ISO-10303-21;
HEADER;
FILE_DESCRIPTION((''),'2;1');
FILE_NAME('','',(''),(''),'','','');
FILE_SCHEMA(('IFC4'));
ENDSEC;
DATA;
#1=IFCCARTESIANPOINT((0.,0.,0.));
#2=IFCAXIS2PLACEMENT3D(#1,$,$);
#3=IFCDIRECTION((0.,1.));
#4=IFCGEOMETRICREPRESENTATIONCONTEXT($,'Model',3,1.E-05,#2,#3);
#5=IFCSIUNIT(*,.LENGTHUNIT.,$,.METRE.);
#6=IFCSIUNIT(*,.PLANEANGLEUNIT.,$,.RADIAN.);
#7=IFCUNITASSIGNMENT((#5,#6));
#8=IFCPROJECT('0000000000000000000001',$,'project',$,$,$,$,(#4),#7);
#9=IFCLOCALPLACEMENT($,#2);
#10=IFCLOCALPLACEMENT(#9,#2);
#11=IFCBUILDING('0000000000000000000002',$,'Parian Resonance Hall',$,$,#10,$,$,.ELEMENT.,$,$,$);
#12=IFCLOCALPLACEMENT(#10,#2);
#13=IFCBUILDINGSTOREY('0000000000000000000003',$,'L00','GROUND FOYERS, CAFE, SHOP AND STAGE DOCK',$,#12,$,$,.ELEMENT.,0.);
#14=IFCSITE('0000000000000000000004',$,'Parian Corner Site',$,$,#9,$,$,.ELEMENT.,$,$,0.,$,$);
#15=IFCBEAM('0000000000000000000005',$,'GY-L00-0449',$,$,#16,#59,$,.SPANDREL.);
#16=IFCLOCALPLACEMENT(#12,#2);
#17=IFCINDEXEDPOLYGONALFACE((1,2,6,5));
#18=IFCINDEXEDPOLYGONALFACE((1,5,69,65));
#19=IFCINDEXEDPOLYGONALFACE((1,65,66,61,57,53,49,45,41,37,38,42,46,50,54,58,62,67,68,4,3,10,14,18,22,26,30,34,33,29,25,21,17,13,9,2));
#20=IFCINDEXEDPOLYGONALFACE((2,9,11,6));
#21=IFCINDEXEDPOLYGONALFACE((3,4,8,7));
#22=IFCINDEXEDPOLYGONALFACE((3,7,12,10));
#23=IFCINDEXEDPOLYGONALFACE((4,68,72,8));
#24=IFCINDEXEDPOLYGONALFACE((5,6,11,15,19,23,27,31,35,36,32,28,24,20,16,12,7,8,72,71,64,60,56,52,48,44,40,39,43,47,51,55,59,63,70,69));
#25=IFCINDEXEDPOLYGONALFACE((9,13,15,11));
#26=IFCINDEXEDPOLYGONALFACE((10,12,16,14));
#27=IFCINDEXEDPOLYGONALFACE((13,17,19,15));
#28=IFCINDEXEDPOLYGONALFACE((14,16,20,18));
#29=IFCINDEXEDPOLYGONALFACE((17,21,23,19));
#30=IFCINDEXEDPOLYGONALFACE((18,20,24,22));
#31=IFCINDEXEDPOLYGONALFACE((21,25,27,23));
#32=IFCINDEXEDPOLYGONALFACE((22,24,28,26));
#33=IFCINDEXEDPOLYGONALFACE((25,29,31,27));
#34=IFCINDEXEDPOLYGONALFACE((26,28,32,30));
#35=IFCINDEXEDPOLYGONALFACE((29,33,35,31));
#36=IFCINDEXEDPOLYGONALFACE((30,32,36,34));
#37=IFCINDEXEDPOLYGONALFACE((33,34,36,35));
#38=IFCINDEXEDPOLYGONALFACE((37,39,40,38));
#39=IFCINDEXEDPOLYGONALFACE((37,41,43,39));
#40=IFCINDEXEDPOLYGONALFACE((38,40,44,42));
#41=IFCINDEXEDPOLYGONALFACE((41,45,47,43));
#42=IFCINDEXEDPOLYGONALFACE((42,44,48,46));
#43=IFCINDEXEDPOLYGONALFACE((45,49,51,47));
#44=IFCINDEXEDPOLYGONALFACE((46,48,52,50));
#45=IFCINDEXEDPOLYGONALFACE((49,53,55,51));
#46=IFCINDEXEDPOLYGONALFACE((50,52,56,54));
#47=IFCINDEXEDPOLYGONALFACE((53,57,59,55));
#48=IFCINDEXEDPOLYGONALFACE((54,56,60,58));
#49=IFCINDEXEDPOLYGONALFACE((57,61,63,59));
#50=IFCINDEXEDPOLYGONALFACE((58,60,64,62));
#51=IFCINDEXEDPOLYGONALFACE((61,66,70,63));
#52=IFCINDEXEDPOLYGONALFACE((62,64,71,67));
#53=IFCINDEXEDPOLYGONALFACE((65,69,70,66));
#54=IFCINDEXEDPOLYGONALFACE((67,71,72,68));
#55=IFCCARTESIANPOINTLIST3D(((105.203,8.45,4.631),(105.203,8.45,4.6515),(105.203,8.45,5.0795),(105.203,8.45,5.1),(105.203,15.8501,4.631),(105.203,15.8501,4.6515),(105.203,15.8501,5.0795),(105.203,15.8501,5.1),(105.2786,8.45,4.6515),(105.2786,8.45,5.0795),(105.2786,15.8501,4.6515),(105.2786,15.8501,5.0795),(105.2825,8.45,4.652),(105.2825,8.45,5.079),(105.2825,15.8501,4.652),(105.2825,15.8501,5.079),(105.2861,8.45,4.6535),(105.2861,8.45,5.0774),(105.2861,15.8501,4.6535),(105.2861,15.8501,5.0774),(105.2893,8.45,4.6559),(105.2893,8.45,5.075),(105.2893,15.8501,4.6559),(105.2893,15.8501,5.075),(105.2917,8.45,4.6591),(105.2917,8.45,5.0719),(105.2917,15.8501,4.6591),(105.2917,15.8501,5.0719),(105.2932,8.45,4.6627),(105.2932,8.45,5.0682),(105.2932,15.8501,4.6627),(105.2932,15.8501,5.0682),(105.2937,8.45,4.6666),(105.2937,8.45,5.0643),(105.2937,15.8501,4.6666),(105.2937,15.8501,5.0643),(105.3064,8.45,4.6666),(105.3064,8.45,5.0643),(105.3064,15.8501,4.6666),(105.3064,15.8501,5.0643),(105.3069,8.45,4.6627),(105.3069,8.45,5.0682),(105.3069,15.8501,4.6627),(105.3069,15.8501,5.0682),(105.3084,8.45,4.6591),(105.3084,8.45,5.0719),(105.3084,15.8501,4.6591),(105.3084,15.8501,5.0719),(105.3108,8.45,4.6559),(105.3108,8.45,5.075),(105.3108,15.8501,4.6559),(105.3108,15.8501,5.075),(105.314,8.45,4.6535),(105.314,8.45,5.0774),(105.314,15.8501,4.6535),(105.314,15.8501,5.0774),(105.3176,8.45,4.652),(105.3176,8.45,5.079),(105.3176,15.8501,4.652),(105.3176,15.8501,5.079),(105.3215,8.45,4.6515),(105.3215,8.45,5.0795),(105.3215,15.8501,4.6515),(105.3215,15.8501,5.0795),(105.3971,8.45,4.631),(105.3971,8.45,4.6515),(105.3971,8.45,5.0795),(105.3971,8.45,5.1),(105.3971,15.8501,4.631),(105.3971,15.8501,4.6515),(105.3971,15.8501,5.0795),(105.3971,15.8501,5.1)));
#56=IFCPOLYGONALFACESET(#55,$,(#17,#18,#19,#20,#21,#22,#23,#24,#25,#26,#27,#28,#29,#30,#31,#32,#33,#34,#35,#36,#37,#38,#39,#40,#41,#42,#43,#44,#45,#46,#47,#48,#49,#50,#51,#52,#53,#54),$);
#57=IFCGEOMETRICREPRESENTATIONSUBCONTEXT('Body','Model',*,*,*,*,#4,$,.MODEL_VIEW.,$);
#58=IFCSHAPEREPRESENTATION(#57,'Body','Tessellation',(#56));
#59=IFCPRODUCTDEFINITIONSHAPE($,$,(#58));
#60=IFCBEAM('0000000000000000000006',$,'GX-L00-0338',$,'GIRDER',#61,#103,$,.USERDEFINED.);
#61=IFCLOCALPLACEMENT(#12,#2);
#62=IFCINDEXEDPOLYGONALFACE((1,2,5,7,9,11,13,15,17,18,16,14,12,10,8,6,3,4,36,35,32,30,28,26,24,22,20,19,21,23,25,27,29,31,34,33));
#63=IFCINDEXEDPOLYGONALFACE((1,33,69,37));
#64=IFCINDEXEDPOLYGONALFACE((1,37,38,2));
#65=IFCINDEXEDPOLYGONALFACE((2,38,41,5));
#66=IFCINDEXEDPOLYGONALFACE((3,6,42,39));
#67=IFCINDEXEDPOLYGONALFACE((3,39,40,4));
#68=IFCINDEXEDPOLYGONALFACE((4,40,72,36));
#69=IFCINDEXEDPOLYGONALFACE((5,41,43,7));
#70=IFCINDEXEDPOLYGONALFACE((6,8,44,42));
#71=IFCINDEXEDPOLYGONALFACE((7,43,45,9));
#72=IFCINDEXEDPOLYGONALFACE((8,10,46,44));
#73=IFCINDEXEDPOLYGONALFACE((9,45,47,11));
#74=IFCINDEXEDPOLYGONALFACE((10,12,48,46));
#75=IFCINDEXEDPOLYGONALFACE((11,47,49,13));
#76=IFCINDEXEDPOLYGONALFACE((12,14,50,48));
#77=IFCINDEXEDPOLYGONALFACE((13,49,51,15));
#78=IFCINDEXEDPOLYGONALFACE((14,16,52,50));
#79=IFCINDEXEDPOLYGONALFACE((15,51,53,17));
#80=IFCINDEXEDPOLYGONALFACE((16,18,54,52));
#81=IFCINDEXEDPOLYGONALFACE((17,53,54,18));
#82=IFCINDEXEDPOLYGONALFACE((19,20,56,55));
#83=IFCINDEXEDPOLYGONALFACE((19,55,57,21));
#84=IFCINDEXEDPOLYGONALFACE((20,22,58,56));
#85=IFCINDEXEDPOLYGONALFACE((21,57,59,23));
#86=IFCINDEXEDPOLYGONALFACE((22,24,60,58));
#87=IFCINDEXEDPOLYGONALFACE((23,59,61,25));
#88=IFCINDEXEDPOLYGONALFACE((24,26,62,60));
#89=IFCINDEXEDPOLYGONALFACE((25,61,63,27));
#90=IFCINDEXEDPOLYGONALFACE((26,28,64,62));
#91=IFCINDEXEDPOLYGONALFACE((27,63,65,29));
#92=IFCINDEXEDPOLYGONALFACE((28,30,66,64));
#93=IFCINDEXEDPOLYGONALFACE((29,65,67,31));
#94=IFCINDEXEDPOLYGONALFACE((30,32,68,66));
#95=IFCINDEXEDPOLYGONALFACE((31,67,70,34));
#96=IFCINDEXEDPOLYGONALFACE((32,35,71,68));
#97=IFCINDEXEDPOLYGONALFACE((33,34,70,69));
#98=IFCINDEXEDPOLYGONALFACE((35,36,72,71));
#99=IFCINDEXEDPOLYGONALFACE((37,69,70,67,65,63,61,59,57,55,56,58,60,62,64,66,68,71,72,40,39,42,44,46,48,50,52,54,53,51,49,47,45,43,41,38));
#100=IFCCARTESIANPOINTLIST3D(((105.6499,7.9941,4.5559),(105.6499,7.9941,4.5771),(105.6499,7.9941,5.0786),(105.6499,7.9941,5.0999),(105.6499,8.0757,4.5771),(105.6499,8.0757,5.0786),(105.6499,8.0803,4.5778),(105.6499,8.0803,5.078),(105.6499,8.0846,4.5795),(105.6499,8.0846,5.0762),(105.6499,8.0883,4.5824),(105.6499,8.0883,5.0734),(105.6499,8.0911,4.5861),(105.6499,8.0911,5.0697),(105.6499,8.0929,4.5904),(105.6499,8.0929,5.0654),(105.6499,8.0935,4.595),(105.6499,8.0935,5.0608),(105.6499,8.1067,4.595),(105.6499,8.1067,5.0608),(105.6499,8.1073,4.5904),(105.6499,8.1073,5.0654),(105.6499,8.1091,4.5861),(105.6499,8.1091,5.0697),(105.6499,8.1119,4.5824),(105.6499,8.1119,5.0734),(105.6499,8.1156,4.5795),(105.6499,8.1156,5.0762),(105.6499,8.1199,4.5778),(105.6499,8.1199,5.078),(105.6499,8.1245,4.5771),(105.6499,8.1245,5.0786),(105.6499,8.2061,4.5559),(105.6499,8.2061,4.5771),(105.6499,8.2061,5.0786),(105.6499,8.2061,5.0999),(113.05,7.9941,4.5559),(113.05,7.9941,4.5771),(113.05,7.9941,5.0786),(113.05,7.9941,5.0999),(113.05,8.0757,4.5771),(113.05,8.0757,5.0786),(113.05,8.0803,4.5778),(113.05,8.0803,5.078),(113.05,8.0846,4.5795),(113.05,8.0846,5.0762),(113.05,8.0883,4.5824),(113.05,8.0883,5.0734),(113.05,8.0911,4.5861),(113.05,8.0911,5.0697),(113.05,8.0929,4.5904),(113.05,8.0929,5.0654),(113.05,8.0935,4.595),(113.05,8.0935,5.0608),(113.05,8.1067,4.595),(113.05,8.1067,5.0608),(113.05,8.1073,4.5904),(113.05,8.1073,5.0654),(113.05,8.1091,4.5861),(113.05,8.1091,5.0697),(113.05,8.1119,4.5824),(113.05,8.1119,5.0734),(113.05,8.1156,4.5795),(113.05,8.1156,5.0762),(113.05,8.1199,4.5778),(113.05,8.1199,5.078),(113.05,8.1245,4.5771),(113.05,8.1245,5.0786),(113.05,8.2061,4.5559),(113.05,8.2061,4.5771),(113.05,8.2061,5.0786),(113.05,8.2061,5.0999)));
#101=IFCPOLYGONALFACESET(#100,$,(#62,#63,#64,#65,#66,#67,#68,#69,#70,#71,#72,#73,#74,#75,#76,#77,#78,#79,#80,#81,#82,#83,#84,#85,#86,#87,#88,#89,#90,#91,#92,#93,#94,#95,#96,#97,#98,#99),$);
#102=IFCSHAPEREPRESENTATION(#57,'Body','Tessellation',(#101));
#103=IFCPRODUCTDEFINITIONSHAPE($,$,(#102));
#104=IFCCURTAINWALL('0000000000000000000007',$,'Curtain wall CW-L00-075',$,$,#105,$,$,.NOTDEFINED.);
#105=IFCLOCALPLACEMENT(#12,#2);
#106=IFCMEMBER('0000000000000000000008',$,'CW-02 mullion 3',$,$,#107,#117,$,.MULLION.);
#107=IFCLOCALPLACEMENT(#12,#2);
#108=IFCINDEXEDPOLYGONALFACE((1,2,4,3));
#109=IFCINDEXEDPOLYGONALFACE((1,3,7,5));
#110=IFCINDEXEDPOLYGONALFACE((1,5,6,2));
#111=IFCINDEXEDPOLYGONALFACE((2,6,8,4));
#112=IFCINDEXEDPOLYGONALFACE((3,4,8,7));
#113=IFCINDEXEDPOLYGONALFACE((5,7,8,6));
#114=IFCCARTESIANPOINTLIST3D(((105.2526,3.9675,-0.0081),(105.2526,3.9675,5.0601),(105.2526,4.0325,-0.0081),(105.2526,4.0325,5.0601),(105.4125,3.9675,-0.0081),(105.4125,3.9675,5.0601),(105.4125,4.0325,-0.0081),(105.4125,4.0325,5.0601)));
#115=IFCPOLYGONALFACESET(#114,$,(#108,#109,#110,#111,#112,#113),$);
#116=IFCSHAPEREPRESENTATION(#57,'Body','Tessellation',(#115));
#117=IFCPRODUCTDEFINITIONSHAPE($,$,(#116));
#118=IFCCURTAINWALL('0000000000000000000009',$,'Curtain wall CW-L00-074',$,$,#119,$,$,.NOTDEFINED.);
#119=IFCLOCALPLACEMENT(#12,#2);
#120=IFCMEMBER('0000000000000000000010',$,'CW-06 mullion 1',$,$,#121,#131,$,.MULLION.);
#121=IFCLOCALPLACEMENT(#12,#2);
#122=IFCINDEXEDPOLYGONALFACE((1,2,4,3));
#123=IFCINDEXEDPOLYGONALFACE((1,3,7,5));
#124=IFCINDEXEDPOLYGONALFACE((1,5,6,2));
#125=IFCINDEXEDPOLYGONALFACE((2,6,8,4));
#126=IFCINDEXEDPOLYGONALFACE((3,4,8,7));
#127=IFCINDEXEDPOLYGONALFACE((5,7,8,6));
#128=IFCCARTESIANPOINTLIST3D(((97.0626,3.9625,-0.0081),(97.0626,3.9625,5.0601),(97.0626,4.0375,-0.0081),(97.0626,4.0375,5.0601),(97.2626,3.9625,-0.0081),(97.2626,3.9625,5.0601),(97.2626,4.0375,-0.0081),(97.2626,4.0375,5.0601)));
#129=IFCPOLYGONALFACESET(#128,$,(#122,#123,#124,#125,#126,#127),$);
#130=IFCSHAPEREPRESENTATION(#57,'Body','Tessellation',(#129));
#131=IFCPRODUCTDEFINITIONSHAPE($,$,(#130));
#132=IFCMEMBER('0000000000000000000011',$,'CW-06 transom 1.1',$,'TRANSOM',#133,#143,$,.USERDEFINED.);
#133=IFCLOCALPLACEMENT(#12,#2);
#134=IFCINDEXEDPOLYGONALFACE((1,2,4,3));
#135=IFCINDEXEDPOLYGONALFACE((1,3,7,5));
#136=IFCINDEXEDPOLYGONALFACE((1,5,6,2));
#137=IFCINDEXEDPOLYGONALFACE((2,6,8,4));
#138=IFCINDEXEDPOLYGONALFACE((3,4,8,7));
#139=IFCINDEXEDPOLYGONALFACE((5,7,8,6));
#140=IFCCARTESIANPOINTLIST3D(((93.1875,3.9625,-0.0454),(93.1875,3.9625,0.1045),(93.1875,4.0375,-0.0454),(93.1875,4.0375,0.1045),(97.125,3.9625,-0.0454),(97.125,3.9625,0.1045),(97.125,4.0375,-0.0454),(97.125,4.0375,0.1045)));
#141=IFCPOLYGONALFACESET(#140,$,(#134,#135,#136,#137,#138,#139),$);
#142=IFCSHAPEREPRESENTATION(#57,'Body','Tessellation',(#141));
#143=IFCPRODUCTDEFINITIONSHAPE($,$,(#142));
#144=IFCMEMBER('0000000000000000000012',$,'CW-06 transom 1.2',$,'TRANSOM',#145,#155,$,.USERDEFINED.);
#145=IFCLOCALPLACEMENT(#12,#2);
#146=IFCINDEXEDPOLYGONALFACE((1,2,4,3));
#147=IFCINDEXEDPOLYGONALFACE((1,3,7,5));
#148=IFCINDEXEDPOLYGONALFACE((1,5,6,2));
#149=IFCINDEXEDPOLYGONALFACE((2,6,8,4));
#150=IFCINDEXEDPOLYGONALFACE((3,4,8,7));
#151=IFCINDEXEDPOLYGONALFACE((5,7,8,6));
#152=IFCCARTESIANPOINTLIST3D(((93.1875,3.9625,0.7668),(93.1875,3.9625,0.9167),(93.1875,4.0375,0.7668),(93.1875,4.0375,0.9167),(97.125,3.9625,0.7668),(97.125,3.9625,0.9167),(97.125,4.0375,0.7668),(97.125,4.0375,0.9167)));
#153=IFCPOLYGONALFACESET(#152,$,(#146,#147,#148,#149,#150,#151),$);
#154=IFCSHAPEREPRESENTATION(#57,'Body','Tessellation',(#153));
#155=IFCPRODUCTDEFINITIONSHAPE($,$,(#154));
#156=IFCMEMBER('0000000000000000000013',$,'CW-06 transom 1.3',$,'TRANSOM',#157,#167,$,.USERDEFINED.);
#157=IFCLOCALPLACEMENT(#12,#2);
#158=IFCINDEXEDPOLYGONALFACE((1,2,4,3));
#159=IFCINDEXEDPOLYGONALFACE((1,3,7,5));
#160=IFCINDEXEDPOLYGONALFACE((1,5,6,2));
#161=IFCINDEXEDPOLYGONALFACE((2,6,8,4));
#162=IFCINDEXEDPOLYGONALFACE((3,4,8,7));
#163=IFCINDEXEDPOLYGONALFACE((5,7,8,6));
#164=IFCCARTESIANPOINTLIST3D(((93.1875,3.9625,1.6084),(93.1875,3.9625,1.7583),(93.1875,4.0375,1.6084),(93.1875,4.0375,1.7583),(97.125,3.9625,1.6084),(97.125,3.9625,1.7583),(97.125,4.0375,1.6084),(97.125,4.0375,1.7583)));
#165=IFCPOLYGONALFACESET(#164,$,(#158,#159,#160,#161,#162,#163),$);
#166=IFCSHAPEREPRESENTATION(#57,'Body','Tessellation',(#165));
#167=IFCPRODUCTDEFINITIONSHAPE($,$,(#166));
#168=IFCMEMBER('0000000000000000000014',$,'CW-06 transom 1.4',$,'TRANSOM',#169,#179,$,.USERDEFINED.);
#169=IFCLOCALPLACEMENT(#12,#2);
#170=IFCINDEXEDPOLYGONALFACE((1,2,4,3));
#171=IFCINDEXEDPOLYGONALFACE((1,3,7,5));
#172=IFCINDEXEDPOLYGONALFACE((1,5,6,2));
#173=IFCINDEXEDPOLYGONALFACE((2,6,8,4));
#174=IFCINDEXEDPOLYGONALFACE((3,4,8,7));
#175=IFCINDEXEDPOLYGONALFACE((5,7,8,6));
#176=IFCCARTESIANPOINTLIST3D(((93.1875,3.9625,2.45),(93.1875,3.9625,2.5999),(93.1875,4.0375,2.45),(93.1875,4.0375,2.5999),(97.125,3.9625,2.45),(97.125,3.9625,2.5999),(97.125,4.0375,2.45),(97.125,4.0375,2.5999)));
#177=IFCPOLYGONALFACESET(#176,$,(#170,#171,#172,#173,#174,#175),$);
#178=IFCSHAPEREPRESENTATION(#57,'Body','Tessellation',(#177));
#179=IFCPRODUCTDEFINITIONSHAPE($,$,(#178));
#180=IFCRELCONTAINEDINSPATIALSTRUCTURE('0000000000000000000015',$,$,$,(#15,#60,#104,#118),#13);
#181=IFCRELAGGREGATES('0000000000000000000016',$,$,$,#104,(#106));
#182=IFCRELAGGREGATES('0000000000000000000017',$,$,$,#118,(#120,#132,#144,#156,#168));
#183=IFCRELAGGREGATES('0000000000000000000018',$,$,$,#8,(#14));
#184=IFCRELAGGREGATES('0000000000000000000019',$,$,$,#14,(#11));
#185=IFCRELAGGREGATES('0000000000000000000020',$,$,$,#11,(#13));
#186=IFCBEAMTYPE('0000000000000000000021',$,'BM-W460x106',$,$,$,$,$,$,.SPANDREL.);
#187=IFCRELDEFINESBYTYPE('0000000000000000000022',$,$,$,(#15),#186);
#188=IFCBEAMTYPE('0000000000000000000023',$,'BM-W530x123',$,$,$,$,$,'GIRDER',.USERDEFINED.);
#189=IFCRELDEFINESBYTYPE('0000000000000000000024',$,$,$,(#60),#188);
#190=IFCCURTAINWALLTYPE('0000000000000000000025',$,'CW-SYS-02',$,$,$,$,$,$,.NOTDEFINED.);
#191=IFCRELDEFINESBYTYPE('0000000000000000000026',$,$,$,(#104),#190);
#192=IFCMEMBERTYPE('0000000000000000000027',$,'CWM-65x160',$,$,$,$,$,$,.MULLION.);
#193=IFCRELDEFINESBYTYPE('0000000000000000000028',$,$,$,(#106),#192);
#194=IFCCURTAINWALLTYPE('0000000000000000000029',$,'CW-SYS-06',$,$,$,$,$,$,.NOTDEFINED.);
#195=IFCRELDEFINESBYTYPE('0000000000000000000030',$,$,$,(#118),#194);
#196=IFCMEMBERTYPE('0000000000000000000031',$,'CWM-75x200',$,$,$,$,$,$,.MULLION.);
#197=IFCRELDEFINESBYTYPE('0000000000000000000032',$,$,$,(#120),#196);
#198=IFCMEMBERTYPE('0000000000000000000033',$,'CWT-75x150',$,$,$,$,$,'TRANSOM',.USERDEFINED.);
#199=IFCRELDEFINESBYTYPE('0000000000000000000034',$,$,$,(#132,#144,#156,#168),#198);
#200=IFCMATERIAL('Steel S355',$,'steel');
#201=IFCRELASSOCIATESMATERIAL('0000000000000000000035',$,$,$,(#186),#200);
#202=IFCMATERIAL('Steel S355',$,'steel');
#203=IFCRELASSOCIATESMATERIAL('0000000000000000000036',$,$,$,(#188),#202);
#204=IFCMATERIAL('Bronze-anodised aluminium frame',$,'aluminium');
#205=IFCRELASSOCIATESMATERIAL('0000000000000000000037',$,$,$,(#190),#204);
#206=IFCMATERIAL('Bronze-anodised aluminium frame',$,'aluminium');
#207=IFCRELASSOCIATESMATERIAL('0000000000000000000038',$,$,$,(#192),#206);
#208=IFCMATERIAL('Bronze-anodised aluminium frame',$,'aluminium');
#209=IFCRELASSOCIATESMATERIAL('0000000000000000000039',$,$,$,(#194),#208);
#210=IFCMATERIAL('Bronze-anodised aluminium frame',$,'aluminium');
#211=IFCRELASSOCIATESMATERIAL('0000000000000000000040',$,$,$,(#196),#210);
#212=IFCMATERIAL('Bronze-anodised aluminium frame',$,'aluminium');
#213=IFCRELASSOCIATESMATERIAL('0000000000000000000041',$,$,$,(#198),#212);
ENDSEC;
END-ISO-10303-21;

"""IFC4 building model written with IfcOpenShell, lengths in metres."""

from ifc_helpers import new_model, si_unit, direction, frame, origin, origin_2d, place, context, subcontext, project, spatial, rectangle, i_section, extrude, material, material_profile, profile_set, type_object, element, aggregate, save


model = new_model("IFC4")

# Units and contexts
model_context = context("Model", 3, precision=1e-05, world=origin(), true_north=direction((0.0, 1.0)))
body_context = subcontext(model_context, "Body", "Model", "MODEL_VIEW")
ifc_project = project(units=[si_unit("LENGTHUNIT", "METRE"), si_unit("PLANEANGLEUNIT", "RADIAN")], contexts=[model_context])

# Site, building, storey
site_placement = place(None, origin())
site = spatial("IfcSite", under=ifc_project, at=site_placement, Name="Parian Corner Site", CompositionType="ELEMENT", RefElevation=0.0)
building_placement = place(site_placement, origin())
building = spatial("IfcBuilding", under=site, at=building_placement, Name="Parian Resonance Hall", CompositionType="ELEMENT")
storey_placement = place(building_placement, origin())
storey = spatial("IfcBuildingStorey", under=building, at=storey_placement, Name="L00", Description="GROUND FOYERS, CAFE, SHOP AND STAGE DOCK", CompositionType="ELEMENT", Elevation=0.0)

# Beams
ifc_material_1 = material(Name="Steel S355", Category="steel")
ifc_material_profile_1 = material_profile(ifc_material_1, i_section(OverallWidth=0.1941, OverallDepth=0.469, WebThickness=0.0127, FlangeThickness=0.0205, FilletRadius=0.0151, at=origin_2d()), Name="W460x106")
ifc_profile_set_1 = profile_set([ifc_material_profile_1], Name="Steel S355")
beam_type_1 = type_object("IfcBeamType", Name="BM-W460x106", PredefinedType="SPANDREL", material=ifc_profile_set_1)
beam_1_placement = place(storey_placement, frame((105.3, 8.45, 4.8655), z_axis=(0.0, 1.0, 0.0), x_axis=(-1.0, 0.0, 0.0)))
element("IfcBeam", 1, at=beam_1_placement, inside=storey, type_object=beam_type_1, Name="GY-L00-0449", PredefinedType="SPANDREL", context=body_context, shape_type="SweptSolid", body=[
    extrude(i_section(OverallWidth=0.1941, OverallDepth=0.469, WebThickness=0.0127, FlangeThickness=0.0205, FilletRadius=0.0151, at=origin_2d()), origin(), (0.0, 0.0, 1.0), 7.4001),
])
ifc_material_2 = material(Name="Steel S355", Category="steel")
ifc_material_profile_2 = material_profile(ifc_material_2, i_section(OverallWidth=0.2119, OverallDepth=0.5439, WebThickness=0.0132, FlangeThickness=0.0212, FilletRadius=0.0178, at=origin_2d()), Name="W530x123")
ifc_profile_set_2 = profile_set([ifc_material_profile_2], Name="Steel S355")
beam_type_2 = type_object("IfcBeamType", Name="BM-W530x123", ElementType="GIRDER", PredefinedType="USERDEFINED", material=ifc_profile_set_2)
beam_2_placement = place(storey_placement, frame((105.6499, 8.1001, 4.8279), z_axis=(1.0, 0.0, 0.0), x_axis=(0.0, 1.0, 0.0)))
element("IfcBeam", 2, at=beam_2_placement, inside=storey, type_object=beam_type_2, Name="GX-L00-0338", ObjectType="GIRDER", PredefinedType="USERDEFINED", context=body_context, shape_type="SweptSolid", body=[
    extrude(i_section(OverallWidth=0.2119, OverallDepth=0.5439, WebThickness=0.0132, FlangeThickness=0.0212, FilletRadius=0.0178, at=origin_2d()), origin(), (0.0, 0.0, 1.0), 7.4001),
])

# Curtain wall, member
ifc_material_3 = material(Name="Bronze-anodised aluminium frame", Category="aluminium")
curtain_wall_type_1 = type_object("IfcCurtainWallType", Name="CW-SYS-02", PredefinedType="NOTDEFINED", material=ifc_material_3)
curtain_wall_1_placement = place(storey_placement, origin())
curtain_wall_1 = element("IfcCurtainWall", 3, at=curtain_wall_1_placement, inside=storey, type_object=curtain_wall_type_1, Name="Curtain wall CW-L00-075", PredefinedType="NOTDEFINED")
ifc_material_4 = material(Name="Bronze-anodised aluminium frame", Category="aluminium")
ifc_material_profile_3 = material_profile(ifc_material_4, rectangle(XDim=0.0649, YDim=0.1599, at=origin_2d()), Name="CWM-65x160")
ifc_profile_set_3 = profile_set([ifc_material_profile_3], Name="Bronze-anodised aluminium frame")
member_type_1 = type_object("IfcMemberType", Name="CWM-65x160", PredefinedType="MULLION", material=ifc_profile_set_3)
member_1_placement = place(storey_placement, frame((105.3325, 4.0, -0.0081), z_axis=(0.0, 0.0, 1.0), x_axis=(0.0, -1.0, 0.0)))
member_1 = element("IfcMember", 4, at=member_1_placement, type_object=member_type_1, Name="CW-02 mullion 3", PredefinedType="MULLION", context=body_context, shape_type="SweptSolid", body=[
    extrude(rectangle(XDim=0.0649, YDim=0.1599, at=origin_2d()), origin(), (0.0, 0.0, 1.0), 5.0681),
])
aggregate(curtain_wall_1, [member_1])

# Curtain wall, members
ifc_material_5 = material(Name="Bronze-anodised aluminium frame", Category="aluminium")
curtain_wall_type_2 = type_object("IfcCurtainWallType", Name="CW-SYS-06", PredefinedType="NOTDEFINED", material=ifc_material_5)
curtain_wall_2_placement = place(storey_placement, origin())
curtain_wall_2 = element("IfcCurtainWall", 5, at=curtain_wall_2_placement, inside=storey, type_object=curtain_wall_type_2, Name="Curtain wall CW-L00-074", PredefinedType="NOTDEFINED")
ifc_material_6 = material(Name="Bronze-anodised aluminium frame", Category="aluminium")
ifc_material_profile_4 = material_profile(ifc_material_6, rectangle(XDim=0.075, YDim=0.2, at=origin_2d()), Name="CWM-75x200")
ifc_profile_set_4 = profile_set([ifc_material_profile_4], Name="Bronze-anodised aluminium frame")
member_type_2 = type_object("IfcMemberType", Name="CWM-75x200", PredefinedType="MULLION", material=ifc_profile_set_4)
member_2_placement = place(storey_placement, frame((97.1626, 4.0, -0.0081), z_axis=(0.0, 0.0, 1.0), x_axis=(0.0, -1.0, 0.0)))
member_2 = element("IfcMember", 6, at=member_2_placement, type_object=member_type_2, Name="CW-06 mullion 1", PredefinedType="MULLION", context=body_context, shape_type="SweptSolid", body=[
    extrude(rectangle(XDim=0.075, YDim=0.2, at=origin_2d()), origin(), (0.0, 0.0, 1.0), 5.0681),
])
ifc_material_7 = material(Name="Bronze-anodised aluminium frame", Category="aluminium")
ifc_material_profile_5 = material_profile(ifc_material_7, rectangle(XDim=0.075, YDim=0.1499, at=origin_2d()), Name="CWT-75x150")
ifc_profile_set_5 = profile_set([ifc_material_profile_5], Name="Bronze-anodised aluminium frame")
member_type_3 = type_object("IfcMemberType", Name="CWT-75x150", ElementType="TRANSOM", PredefinedType="USERDEFINED", material=ifc_profile_set_5)
member_3_placement = place(storey_placement, frame((97.125, 4.0, 0.0295), z_axis=(-1.0, 0.0, 0.0), x_axis=(0.0, -1.0, 0.0)))
member_3 = element("IfcMember", 7, at=member_3_placement, type_object=member_type_3, Name="CW-06 transom 1.1", ObjectType="TRANSOM", PredefinedType="USERDEFINED", context=body_context, shape_type="SweptSolid", body=[
    extrude(rectangle(XDim=0.075, YDim=0.1499, at=origin_2d()), origin(), (0.0, 0.0, 1.0), 3.9375),
])
member_4_placement = place(storey_placement, frame((97.125, 4.0, 0.8418), z_axis=(-1.0, 0.0, 0.0), x_axis=(0.0, -1.0, 0.0)))
member_4 = element("IfcMember", 8, at=member_4_placement, type_object=member_type_3, Name="CW-06 transom 1.2", ObjectType="TRANSOM", PredefinedType="USERDEFINED", context=body_context, shape_type="SweptSolid", body=[
    extrude(rectangle(XDim=0.075, YDim=0.1499, at=origin_2d()), origin(), (0.0, 0.0, 1.0), 3.9375),
])
member_5_placement = place(storey_placement, frame((97.125, 4.0, 1.6833), z_axis=(-1.0, 0.0, 0.0), x_axis=(0.0, -1.0, 0.0)))
member_5 = element("IfcMember", 9, at=member_5_placement, type_object=member_type_3, Name="CW-06 transom 1.3", ObjectType="TRANSOM", PredefinedType="USERDEFINED", context=body_context, shape_type="SweptSolid", body=[
    extrude(rectangle(XDim=0.075, YDim=0.1499, at=origin_2d()), origin(), (0.0, 0.0, 1.0), 3.9375),
])
member_6_placement = place(storey_placement, frame((97.125, 4.0, 2.5249), z_axis=(-1.0, 0.0, 0.0), x_axis=(0.0, -1.0, 0.0)))
member_6 = element("IfcMember", 10, at=member_6_placement, type_object=member_type_3, Name="CW-06 transom 1.4", ObjectType="TRANSOM", PredefinedType="USERDEFINED", context=body_context, shape_type="SweptSolid", body=[
    extrude(rectangle(XDim=0.075, YDim=0.1499, at=origin_2d()), origin(), (0.0, 0.0, 1.0), 3.9375),
])
aggregate(curtain_wall_2, [member_2, member_3, member_4, member_5, member_6])

save(model, "model.ifc")
